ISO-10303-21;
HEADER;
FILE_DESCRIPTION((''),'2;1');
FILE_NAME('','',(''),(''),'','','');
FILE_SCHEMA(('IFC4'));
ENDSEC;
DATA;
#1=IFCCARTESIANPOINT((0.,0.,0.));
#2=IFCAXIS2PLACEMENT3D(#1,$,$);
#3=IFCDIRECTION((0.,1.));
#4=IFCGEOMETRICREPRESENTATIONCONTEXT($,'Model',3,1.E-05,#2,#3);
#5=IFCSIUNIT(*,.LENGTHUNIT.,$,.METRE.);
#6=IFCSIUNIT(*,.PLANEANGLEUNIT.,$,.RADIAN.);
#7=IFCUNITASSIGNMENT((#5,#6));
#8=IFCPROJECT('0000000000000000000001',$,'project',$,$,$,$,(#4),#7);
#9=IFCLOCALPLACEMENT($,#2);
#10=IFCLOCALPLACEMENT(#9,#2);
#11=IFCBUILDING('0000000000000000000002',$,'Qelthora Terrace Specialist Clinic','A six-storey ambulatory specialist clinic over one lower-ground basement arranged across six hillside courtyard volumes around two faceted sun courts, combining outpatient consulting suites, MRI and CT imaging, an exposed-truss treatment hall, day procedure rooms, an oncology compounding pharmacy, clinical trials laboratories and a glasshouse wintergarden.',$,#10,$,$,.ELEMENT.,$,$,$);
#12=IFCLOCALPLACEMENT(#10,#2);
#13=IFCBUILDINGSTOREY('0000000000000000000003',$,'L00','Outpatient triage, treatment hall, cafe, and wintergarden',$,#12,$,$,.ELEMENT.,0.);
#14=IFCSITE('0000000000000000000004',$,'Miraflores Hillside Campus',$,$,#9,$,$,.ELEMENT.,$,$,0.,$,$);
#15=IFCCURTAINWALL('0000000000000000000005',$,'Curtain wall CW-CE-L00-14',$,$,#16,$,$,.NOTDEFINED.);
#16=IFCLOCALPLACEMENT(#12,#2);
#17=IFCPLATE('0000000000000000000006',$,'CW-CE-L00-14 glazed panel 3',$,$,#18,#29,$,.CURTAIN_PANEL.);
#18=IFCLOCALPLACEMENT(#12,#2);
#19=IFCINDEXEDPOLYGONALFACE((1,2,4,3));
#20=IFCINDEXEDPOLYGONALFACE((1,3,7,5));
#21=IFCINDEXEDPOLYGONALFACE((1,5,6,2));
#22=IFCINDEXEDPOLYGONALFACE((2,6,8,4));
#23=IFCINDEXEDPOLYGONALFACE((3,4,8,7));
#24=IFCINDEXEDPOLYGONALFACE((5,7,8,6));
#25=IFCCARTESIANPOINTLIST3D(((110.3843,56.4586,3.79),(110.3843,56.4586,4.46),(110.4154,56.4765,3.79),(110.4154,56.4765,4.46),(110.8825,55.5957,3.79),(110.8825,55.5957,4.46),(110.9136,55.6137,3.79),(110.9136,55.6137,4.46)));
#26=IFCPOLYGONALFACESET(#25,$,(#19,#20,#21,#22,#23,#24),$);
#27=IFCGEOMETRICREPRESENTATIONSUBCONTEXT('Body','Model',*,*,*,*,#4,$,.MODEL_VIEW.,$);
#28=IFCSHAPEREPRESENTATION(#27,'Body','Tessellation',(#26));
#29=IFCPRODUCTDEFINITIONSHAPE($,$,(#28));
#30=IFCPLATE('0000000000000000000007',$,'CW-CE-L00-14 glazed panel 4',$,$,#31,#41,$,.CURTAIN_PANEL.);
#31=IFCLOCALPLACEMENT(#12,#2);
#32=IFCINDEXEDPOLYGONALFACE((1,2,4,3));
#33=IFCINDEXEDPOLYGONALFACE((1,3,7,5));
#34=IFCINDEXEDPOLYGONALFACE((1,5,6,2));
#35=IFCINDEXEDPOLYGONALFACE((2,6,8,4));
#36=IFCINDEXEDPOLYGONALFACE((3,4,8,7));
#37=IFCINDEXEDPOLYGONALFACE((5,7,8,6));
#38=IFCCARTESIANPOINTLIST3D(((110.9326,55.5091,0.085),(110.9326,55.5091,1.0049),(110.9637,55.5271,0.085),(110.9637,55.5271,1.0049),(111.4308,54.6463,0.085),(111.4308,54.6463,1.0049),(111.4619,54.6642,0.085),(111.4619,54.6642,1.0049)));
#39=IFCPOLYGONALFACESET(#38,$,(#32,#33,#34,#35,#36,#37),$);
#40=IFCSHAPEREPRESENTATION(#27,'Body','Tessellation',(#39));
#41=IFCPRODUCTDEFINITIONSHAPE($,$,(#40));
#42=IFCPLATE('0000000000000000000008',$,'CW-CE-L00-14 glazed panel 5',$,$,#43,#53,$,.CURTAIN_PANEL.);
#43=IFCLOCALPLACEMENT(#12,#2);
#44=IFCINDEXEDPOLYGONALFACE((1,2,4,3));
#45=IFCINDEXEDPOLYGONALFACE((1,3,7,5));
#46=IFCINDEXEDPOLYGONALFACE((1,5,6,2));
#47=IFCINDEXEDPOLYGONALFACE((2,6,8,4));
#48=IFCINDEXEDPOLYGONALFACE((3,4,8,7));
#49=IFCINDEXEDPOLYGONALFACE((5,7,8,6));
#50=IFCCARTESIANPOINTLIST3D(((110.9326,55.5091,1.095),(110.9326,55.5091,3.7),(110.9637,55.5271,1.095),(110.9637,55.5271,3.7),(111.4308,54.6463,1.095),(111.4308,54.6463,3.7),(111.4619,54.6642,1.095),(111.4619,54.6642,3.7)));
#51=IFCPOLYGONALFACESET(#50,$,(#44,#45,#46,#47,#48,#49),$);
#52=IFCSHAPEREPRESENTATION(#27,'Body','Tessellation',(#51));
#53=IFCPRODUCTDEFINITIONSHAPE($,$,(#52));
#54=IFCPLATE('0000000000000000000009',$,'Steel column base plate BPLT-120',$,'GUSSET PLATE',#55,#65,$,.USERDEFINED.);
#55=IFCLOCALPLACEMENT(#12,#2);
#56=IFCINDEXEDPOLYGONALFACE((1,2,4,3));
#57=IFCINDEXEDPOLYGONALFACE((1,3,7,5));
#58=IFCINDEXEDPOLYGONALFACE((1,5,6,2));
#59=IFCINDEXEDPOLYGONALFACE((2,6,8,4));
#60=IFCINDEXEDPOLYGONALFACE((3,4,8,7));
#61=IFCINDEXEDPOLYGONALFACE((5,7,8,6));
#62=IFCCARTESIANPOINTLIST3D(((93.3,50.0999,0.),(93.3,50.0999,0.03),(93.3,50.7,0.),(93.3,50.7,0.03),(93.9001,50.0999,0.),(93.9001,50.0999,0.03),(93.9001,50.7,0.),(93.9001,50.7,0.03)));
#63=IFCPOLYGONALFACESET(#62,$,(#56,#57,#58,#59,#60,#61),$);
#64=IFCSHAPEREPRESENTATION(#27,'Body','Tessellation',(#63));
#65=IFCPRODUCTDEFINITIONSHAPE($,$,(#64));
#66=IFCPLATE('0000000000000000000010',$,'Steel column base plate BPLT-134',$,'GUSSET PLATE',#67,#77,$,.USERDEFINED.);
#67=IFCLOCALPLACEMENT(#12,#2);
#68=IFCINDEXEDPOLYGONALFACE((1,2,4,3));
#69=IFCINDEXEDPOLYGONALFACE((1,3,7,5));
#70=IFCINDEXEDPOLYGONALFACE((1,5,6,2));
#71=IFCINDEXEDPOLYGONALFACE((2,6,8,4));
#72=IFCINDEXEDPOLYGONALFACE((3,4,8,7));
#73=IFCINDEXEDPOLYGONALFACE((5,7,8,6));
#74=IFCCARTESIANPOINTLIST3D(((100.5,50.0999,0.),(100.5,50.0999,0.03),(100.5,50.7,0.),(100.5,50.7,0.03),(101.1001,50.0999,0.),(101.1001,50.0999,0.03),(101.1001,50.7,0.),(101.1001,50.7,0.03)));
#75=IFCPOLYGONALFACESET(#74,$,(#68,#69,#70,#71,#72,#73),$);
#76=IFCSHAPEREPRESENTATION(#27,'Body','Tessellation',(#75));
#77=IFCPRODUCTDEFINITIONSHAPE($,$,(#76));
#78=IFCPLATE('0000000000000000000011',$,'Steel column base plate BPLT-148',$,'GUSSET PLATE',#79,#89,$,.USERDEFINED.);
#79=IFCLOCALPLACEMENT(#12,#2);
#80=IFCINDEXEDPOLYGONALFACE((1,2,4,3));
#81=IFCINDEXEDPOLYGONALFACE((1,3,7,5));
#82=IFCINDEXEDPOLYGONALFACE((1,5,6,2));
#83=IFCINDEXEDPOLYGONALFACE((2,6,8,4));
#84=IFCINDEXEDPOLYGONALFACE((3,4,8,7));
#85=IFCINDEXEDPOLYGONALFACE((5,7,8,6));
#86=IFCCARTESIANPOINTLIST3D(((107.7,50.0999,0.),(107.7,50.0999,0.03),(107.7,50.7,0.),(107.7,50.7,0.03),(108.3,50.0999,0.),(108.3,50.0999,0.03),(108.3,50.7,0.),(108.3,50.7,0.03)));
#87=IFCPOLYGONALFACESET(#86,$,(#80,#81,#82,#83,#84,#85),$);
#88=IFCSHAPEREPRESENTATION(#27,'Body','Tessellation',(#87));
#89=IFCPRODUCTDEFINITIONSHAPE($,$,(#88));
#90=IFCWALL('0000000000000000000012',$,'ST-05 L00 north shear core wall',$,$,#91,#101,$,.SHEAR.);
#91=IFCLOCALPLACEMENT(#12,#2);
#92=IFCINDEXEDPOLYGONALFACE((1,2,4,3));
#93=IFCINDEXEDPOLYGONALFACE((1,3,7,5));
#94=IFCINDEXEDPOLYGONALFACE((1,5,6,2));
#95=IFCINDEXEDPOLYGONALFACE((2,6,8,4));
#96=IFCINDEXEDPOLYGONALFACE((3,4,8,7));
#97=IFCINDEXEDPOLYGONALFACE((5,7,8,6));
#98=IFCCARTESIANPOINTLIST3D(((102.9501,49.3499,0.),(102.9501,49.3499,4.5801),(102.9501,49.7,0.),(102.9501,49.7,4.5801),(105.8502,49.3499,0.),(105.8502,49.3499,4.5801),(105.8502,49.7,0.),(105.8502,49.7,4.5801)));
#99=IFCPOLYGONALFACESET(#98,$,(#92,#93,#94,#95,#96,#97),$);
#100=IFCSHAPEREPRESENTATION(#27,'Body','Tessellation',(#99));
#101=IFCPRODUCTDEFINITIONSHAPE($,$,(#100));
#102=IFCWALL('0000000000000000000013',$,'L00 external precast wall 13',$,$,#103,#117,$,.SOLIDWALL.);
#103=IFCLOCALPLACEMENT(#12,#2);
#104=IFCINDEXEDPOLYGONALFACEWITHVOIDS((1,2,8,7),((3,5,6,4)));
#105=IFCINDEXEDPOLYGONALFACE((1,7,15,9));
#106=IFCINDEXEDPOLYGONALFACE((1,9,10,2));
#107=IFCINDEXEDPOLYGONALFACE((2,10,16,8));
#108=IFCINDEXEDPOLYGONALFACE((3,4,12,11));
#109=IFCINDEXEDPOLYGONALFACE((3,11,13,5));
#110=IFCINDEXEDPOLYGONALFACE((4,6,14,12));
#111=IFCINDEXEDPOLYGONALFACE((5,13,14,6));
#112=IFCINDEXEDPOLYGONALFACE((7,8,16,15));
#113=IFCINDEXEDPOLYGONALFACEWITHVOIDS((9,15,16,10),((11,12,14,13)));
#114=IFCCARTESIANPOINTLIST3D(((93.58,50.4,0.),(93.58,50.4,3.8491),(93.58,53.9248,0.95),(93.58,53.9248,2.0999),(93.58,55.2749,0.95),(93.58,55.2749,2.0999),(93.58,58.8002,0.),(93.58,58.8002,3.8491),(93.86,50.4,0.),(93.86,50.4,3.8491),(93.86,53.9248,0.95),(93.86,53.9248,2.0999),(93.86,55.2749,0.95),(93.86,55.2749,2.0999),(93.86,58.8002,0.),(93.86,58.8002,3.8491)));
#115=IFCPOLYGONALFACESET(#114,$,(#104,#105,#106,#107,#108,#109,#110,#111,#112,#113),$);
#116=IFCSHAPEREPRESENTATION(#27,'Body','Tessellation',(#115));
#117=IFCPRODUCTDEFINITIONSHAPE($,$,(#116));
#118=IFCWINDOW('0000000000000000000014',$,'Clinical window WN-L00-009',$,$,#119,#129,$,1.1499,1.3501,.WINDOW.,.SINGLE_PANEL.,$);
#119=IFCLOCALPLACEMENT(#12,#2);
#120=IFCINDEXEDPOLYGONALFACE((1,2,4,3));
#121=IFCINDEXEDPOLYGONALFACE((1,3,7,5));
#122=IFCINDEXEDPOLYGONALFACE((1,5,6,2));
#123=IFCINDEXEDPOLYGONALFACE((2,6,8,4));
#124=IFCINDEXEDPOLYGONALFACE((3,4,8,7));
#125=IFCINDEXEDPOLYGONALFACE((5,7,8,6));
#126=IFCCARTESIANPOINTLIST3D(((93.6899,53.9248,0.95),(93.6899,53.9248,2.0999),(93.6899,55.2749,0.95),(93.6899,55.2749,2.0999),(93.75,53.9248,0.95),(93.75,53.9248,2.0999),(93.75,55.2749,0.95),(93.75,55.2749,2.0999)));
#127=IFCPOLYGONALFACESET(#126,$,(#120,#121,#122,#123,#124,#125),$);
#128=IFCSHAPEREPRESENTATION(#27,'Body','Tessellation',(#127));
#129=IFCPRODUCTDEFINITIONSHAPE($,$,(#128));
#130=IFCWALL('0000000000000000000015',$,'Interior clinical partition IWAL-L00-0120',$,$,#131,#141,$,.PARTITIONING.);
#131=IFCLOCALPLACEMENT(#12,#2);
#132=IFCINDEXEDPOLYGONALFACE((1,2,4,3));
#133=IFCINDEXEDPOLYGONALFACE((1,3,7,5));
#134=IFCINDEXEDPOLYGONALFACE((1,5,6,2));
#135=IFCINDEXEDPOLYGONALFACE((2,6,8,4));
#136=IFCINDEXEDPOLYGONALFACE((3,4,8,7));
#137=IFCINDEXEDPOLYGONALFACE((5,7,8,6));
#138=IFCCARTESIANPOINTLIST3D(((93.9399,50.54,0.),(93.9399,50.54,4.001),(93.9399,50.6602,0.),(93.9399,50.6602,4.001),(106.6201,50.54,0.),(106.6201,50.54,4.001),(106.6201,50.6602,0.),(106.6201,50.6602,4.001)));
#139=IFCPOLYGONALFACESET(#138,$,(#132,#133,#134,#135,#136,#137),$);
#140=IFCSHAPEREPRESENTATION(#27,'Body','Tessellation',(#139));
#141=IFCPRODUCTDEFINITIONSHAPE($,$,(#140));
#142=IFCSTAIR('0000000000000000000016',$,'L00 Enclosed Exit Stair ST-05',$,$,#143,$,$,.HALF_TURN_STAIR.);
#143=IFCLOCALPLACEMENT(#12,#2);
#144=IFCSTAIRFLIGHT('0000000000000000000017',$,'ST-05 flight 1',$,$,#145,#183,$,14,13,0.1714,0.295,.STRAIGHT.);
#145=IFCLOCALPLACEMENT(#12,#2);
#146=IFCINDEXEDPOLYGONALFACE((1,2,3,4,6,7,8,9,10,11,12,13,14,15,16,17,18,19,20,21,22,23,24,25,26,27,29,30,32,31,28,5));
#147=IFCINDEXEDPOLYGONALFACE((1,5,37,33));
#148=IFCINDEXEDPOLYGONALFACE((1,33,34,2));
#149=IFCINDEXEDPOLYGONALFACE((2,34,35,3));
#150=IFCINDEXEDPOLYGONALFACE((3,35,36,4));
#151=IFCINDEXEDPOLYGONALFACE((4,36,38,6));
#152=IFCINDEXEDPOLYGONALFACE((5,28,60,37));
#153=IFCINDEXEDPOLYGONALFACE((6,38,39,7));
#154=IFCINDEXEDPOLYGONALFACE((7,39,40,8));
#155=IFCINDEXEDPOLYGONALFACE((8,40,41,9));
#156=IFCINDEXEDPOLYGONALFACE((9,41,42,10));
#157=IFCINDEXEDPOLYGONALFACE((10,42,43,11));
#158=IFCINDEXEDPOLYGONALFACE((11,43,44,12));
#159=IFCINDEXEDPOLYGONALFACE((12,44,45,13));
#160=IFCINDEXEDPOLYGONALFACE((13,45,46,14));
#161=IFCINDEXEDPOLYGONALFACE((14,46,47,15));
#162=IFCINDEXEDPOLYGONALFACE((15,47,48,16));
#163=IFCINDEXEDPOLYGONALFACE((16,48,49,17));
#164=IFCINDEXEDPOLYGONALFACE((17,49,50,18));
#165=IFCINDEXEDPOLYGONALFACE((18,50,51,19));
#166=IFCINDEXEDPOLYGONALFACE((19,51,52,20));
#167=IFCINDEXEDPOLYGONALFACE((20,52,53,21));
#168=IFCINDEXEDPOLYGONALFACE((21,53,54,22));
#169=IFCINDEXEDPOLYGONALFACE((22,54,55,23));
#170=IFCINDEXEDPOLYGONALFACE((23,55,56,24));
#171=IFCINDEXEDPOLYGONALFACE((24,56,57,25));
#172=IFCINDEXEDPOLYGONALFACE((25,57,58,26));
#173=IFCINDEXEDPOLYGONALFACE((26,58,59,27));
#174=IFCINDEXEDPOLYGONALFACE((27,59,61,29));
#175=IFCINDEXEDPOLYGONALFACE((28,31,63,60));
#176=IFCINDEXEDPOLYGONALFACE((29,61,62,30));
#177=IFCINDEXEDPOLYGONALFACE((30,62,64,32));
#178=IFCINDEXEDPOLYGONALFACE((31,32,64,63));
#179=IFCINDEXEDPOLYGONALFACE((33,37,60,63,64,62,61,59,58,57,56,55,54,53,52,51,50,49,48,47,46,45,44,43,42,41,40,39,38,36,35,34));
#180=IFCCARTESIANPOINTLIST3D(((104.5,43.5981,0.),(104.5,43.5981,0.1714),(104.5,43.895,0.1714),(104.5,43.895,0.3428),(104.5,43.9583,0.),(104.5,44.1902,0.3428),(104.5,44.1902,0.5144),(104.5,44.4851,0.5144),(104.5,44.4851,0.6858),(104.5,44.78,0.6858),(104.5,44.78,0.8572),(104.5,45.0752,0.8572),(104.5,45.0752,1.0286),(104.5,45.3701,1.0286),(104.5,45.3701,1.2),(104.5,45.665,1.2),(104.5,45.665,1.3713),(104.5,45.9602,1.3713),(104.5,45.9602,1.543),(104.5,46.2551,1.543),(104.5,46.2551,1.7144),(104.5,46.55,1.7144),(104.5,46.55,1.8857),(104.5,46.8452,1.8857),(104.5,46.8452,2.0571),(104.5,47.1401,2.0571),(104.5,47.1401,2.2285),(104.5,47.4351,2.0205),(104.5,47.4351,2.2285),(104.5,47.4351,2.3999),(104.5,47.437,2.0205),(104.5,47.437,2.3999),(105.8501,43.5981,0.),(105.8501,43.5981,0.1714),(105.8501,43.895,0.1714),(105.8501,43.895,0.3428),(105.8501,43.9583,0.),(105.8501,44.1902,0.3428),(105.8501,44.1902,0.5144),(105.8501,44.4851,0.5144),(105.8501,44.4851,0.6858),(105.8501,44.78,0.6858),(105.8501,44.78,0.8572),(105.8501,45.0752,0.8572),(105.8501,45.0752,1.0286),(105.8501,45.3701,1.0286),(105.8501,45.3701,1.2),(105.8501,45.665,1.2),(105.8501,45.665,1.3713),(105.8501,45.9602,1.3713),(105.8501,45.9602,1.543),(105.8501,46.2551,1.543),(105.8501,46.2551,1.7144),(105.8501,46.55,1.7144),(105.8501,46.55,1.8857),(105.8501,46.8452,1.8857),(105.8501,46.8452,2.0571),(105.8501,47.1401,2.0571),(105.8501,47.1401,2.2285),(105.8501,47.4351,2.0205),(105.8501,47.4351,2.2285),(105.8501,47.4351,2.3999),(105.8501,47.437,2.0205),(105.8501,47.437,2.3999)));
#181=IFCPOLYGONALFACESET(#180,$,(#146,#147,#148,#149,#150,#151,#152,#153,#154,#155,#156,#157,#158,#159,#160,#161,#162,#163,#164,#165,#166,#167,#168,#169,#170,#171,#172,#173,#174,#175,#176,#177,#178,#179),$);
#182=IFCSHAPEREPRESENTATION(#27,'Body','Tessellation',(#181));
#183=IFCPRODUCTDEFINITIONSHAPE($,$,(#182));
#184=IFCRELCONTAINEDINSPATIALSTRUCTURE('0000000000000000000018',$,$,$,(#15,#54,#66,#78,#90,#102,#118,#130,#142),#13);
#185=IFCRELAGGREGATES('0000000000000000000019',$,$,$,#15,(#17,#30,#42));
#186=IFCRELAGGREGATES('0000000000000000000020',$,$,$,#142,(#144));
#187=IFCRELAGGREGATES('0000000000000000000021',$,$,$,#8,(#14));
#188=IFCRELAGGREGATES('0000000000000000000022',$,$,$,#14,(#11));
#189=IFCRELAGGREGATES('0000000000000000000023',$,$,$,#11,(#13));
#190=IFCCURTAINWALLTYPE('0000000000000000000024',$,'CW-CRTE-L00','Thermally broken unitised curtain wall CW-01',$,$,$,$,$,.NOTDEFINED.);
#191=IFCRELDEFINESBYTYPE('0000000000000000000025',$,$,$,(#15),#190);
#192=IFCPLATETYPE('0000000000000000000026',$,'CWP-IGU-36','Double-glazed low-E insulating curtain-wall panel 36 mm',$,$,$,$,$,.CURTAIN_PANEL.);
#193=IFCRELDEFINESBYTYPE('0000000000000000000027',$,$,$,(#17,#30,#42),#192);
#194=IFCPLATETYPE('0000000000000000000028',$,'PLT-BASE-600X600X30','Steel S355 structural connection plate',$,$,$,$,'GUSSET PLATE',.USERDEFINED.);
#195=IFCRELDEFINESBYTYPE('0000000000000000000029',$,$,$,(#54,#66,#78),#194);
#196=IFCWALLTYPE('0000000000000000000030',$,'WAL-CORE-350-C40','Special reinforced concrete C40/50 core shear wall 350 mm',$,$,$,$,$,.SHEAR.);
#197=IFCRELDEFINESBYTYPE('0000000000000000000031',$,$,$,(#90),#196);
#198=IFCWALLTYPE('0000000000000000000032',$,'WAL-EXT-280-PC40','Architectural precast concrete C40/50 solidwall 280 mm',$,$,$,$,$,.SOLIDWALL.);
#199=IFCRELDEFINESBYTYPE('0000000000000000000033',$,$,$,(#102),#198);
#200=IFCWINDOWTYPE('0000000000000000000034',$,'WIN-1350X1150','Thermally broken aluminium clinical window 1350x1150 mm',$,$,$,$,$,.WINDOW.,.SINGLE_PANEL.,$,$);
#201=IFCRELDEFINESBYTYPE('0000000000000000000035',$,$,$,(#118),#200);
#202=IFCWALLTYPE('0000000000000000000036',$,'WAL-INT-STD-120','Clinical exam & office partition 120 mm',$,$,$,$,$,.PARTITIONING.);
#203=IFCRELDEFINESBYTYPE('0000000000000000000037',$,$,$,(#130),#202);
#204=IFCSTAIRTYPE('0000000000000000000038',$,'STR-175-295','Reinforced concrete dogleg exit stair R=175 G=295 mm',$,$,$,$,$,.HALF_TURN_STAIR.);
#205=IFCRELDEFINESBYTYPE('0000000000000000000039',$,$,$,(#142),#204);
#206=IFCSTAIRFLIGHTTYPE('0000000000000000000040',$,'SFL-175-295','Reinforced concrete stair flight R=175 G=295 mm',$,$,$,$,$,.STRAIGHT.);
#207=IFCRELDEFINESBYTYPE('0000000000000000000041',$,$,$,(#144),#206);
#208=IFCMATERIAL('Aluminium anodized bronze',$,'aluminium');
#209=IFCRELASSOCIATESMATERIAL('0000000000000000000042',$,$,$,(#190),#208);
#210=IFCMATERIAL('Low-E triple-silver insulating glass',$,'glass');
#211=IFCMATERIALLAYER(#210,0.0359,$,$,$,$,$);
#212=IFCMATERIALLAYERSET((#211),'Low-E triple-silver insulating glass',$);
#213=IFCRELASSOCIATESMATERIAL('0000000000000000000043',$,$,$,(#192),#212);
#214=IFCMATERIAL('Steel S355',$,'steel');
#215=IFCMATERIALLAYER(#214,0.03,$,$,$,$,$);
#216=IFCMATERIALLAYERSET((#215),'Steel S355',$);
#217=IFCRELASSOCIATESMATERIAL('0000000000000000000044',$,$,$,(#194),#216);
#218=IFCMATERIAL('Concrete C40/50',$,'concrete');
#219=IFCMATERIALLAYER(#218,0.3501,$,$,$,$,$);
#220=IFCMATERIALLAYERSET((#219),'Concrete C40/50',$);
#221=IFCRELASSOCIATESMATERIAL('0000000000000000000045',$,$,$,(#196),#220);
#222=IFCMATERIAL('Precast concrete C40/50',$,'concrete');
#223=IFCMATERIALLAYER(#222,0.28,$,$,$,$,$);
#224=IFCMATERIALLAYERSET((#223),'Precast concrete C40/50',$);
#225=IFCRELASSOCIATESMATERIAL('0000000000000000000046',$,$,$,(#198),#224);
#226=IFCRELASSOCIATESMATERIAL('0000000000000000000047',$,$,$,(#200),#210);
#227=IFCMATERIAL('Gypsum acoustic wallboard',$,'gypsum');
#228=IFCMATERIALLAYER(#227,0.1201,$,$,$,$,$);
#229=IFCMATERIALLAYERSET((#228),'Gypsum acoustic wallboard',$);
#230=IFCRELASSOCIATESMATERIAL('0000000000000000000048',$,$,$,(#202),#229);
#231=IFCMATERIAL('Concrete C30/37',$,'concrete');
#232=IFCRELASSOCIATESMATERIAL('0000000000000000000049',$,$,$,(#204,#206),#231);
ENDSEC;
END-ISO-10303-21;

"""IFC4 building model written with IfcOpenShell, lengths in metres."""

from ifc_helpers import new_model, si_unit, direction, frame, frame_2d, origin, origin_2d, place, context, subcontext, project, spatial, polyline, rectangle, outline, extrude, material, layer, layer_set, type_object, element, fill, aggregate, save


model = new_model("IFC4")

# Units and contexts
model_context = context("Model", 3, precision=1e-05, world=origin(), true_north=direction((0.0, 1.0)))
body_context = subcontext(model_context, "Body", "Model", "MODEL_VIEW")
ifc_project = project(units=[si_unit("LENGTHUNIT", "METRE"), si_unit("PLANEANGLEUNIT", "RADIAN")], contexts=[model_context])

# Site, building, storey
site_placement = place(None, origin())
site = spatial("IfcSite", under=ifc_project, at=site_placement, Name="Miraflores Hillside Campus", CompositionType="ELEMENT", RefElevation=0.0)
building_placement = place(site_placement, origin())
building = spatial("IfcBuilding", under=site, at=building_placement, Name="Qelthora Terrace Specialist Clinic", Description="A six-storey ambulatory specialist clinic over one lower-ground basement arranged across six hillside courtyard volumes around two faceted sun courts, combining outpatient consulting suites, MRI and CT imaging, an exposed-truss treatment hall, day procedure rooms, an oncology compounding pharmacy, clinical trials laboratories and a glasshouse wintergarden.", CompositionType="ELEMENT")
storey_placement = place(building_placement, origin())
storey = spatial("IfcBuildingStorey", under=building, at=storey_placement, Name="L00", Description="Outpatient triage, treatment hall, cafe, and wintergarden", CompositionType="ELEMENT", Elevation=0.0)

# Shared definitions
ifc_material_1 = material(Name="Steel S355", Category="steel")

# Curtain wall, plates
ifc_material_2 = material(Name="Aluminium anodized bronze", Category="aluminium")
curtain_wall_type = type_object("IfcCurtainWallType", Name="CW-CRTE-L00", Description="Thermally broken unitised curtain wall CW-01", PredefinedType="NOTDEFINED", material=ifc_material_2)
curtain_wall_placement = place(storey_placement, origin())
curtain_wall = element("IfcCurtainWall", 1, at=curtain_wall_placement, inside=storey, type_object=curtain_wall_type, Name="Curtain wall CW-CE-L00-14", PredefinedType="NOTDEFINED")
ifc_material_3 = material(Name="Low-E triple-silver insulating glass", Category="glass")
ifc_layer_1 = layer(ifc_material_3, 0.0359)
ifc_layer_set_1 = layer_set([ifc_layer_1], Name="Low-E triple-silver insulating glass")
plate_type_1 = type_object("IfcPlateType", Name="CWP-IGU-36", Description="Double-glazed low-E insulating curtain-wall panel 36 mm", PredefinedType="CURTAIN_PANEL", material=ifc_layer_set_1)
plate_1_placement = place(storey_placement, frame((110.6489, 56.0361, 3.79), z_axis=(0.0, 0.0, 1.0), x_axis=(0.5, -0.866025, 0.0)))
plate_1 = element("IfcPlate", 2, at=plate_1_placement, type_object=plate_type_1, Name="CW-CE-L00-14 glazed panel 3", PredefinedType="CURTAIN_PANEL", context=body_context, shape_type="SweptSolid", body=[
    extrude(rectangle(XDim=0.9963, YDim=0.0359, at=origin_2d()), origin(), (0.0, 0.0, 1.0), 0.6699),
])
plate_2_placement = place(storey_placement, frame((111.1973, 55.0867, 0.085), z_axis=(0.0, 0.0, 1.0), x_axis=(0.5, -0.866025, 0.0)))
plate_2 = element("IfcPlate", 3, at=plate_2_placement, type_object=plate_type_1, Name="CW-CE-L00-14 glazed panel 4", PredefinedType="CURTAIN_PANEL", context=body_context, shape_type="SweptSolid", body=[
    extrude(rectangle(XDim=0.9963, YDim=0.0359, at=origin_2d()), origin(), (0.0, 0.0, 1.0), 0.9199),
])
plate_3_placement = place(storey_placement, frame((111.1973, 55.0867, 1.095), z_axis=(0.0, 0.0, 1.0), x_axis=(0.5, -0.866025, 0.0)))
plate_3 = element("IfcPlate", 4, at=plate_3_placement, type_object=plate_type_1, Name="CW-CE-L00-14 glazed panel 5", PredefinedType="CURTAIN_PANEL", context=body_context, shape_type="SweptSolid", body=[
    extrude(rectangle(XDim=0.9963, YDim=0.0359, at=origin_2d()), origin(), (0.0, 0.0, 1.0), 2.605),
])
aggregate(curtain_wall, [plate_1, plate_2, plate_3])

# Plates
ifc_layer_2 = layer(ifc_material_1, 0.03)
ifc_layer_set_2 = layer_set([ifc_layer_2], Name="Steel S355")
plate_type_2 = type_object("IfcPlateType", Name="PLT-BASE-600X600X30", Description="Steel S355 structural connection plate", ElementType="GUSSET PLATE", PredefinedType="USERDEFINED", material=ifc_layer_set_2)
for number, where, z_axis, x_axis, name in (
    (5, (93.6001, 50.3999, 0.0), (0.0, 0.0, 1.0), (1.0, 0.0, 0.0), "Steel column base plate BPLT-120"),
    (6, (100.8, 50.3999, 0.0), (0.0, 0.0, 1.0), (1.0, 0.0, 0.0), "Steel column base plate BPLT-134"),
    (7, (108.0, 50.3999, 0.0), (0.0, 0.0, 1.0), (1.0, 0.0, 0.0), "Steel column base plate BPLT-148"),
):
    element("IfcPlate", number, at=place(storey_placement, frame(where, z_axis=z_axis, x_axis=x_axis)), inside=storey, type_object=plate_type_2, Name=name, ObjectType="GUSSET PLATE", PredefinedType="USERDEFINED", context=body_context, shape_type="SweptSolid", body=[
        extrude(rectangle(XDim=0.6001, YDim=0.6001, at=origin_2d()), origin(), (0.0, 0.0, 1.0), 0.03),
    ])

# Wall
ifc_material_4 = material(Name="Concrete C40/50", Category="concrete")
ifc_layer_3 = layer(ifc_material_4, 0.3501)
ifc_layer_set_3 = layer_set([ifc_layer_3], Name="Concrete C40/50")
wall_type_1 = type_object("IfcWallType", Name="WAL-CORE-350-C40", Description="Special reinforced concrete C40/50 core shear wall 350 mm", PredefinedType="SHEAR", material=ifc_layer_set_3)
wall_1_placement = place(storey_placement, frame((102.95, 49.5249, 0.0), z_axis=(0.0, 0.0, 1.0), x_axis=(1.0, 0.0, 0.0)))
element("IfcWall", 8, at=wall_1_placement, inside=storey, type_object=wall_type_1, Name="ST-05 L00 north shear core wall", PredefinedType="SHEAR", context=body_context, shape_type="SweptSolid", body=[
    extrude(rectangle(XDim=2.9001, YDim=0.3501, at=frame_2d((1.4502, 0.0))), origin(), (0.0, 0.0, 1.0), 4.5801),
])

# Wall, opening, window
ifc_material_5 = material(Name="Precast concrete C40/50", Category="concrete")
ifc_layer_4 = layer(ifc_material_5, 0.28)
ifc_layer_set_4 = layer_set([ifc_layer_4], Name="Precast concrete C40/50")
wall_type_2 = type_object("IfcWallType", Name="WAL-EXT-280-PC40", Description="Architectural precast concrete C40/50 solidwall 280 mm", PredefinedType="SOLIDWALL", material=ifc_layer_set_4)
wall_2_placement = place(storey_placement, frame((93.72, 50.3999, 0.0), z_axis=(0.0, 0.0, 1.0), x_axis=(0.0, 1.0, 0.0)))
wall_2 = element("IfcWall", 9, at=wall_2_placement, inside=storey, type_object=wall_type_2, Name="L00 external precast wall 13", PredefinedType="SOLIDWALL", context=body_context, shape_type="SweptSolid", body=[
    extrude(rectangle(XDim=8.4001, YDim=0.28, at=frame_2d((4.2002, 0.0))), origin(), (0.0, 0.0, 1.0), 3.8491),
])
opening_placement = place(wall_2_placement, frame((3.5249, 0.0, 0.95)))
opening = element("IfcOpeningElement", 10, at=opening_placement, cuts=wall_2, PredefinedType="OPENING", context=body_context, shape_type="SweptSolid", body=[
    extrude(rectangle(XDim=1.3501, YDim=1.1499, at=frame_2d((0.675, 0.575))), frame((0.0, 0.1499, 0.0), z_axis=(0.0, -1.0, 0.0), x_axis=(1.0, 0.0, 0.0)), (0.0, 0.0, 1.0), 0.3),
])
window_type = type_object("IfcWindowType", Name="WIN-1350X1150", Description="Thermally broken aluminium clinical window 1350x1150 mm", PartitioningType="SINGLE_PANEL", PredefinedType="WINDOW", material=ifc_material_3)
window_placement = place(opening_placement, origin())
window = element("IfcWindow", 11, at=window_placement, inside=storey, type_object=window_type, Name="Clinical window WN-L00-009", OverallHeight=1.1499, OverallWidth=1.3501, PartitioningType="SINGLE_PANEL", PredefinedType="WINDOW", context=body_context, shape_type="SweptSolid", body=[
    extrude(rectangle(XDim=1.3501, YDim=1.1499, at=frame_2d((0.675, 0.575))), frame((0.0, 0.03, 0.0), z_axis=(0.0, -1.0, 0.0), x_axis=(1.0, 0.0, 0.0)), (0.0, 0.0, 1.0), 0.0601),
])
fill(opening, window)

# Wall
ifc_material_6 = material(Name="Gypsum acoustic wallboard", Category="gypsum")
ifc_layer_5 = layer(ifc_material_6, 0.1201)
ifc_layer_set_5 = layer_set([ifc_layer_5], Name="Gypsum acoustic wallboard")
wall_type_3 = type_object("IfcWallType", Name="WAL-INT-STD-120", Description="Clinical exam & office partition 120 mm", PredefinedType="PARTITIONING", material=ifc_layer_set_5)
wall_3_placement = place(storey_placement, frame((106.6201, 50.6001, 0.0), z_axis=(0.0, 0.0, 1.0), x_axis=(-1.0, 0.0, 0.0)))
element("IfcWall", 12, at=wall_3_placement, inside=storey, type_object=wall_type_3, Name="Interior clinical partition IWAL-L00-0120", PredefinedType="PARTITIONING", context=body_context, shape_type="SweptSolid", body=[
    extrude(rectangle(XDim=12.6802, YDim=0.1201, at=frame_2d((6.3401, 0.0))), origin(), (0.0, 0.0, 1.0), 4.001),
])

# Stair, stair flight
ifc_material_7 = material(Name="Concrete C30/37", Category="concrete")
stair_type = type_object("IfcStairType", Name="STR-175-295", Description="Reinforced concrete dogleg exit stair R=175 G=295 mm", PredefinedType="HALF_TURN_STAIR", material=ifc_material_7)
stair_placement = place(storey_placement, origin())
stair = element("IfcStair", 13, at=stair_placement, inside=storey, type_object=stair_type, Name="L00 Enclosed Exit Stair ST-05", PredefinedType="HALF_TURN_STAIR")
stair_flight_type = type_object("IfcStairFlightType", Name="SFL-175-295", Description="Reinforced concrete stair flight R=175 G=295 mm", PredefinedType="STRAIGHT", material=ifc_material_7)
stair_flight_1_placement = place(storey_placement, frame((105.175, 43.6001, 0.0), z_axis=(0.0, 0.0, 1.0), x_axis=(0.0, 1.0, 0.0)))
stair_flight_1 = element("IfcStairFlight", 14, at=stair_flight_1_placement, type_object=stair_flight_type, Name="ST-05 flight 1", NumberOfRisers=14, NumberOfTreads=13, PredefinedType="STRAIGHT", RiserHeight=0.1714, TreadLength=0.295, context=body_context, shape_type="SweptSolid", body=[
    extrude(outline(polyline([(-0.002, 0.0), (-0.002, 0.1714), (0.2949, 0.1714), (0.2949, 0.3428), (0.5901, 0.3428), (0.5901, 0.5144), (0.885, 0.5144), (0.885, 0.6858), (1.1799, 0.6858), (1.1799, 0.8572), (1.4751, 0.8572), (1.4751, 1.0286), (1.77, 1.0286), (1.77, 1.2), (2.0649, 1.2), (2.0649, 1.3713), (2.3601, 1.3713), (2.3601, 1.543), (2.655, 1.543), (2.655, 1.7144), (2.95, 1.7144), (2.95, 1.8857), (3.2451, 1.8857), (3.2451, 2.0571), (3.54, 2.0571), (3.54, 2.2285), (3.835, 2.2285), (3.835, 2.3999), (3.8369, 2.3999), (3.8369, 2.0205), (3.835, 2.0205), (0.3582, 0.0), (-0.002, 0.0)])), frame((0.0, 0.675, 0.0), z_axis=(0.0, -1.0, 0.0), x_axis=(1.0, 0.0, 0.0)), (0.0, 0.0, 1.0), 1.3501),
])
aggregate(stair, [stair_flight_1])

save(model, "model.ifc")
